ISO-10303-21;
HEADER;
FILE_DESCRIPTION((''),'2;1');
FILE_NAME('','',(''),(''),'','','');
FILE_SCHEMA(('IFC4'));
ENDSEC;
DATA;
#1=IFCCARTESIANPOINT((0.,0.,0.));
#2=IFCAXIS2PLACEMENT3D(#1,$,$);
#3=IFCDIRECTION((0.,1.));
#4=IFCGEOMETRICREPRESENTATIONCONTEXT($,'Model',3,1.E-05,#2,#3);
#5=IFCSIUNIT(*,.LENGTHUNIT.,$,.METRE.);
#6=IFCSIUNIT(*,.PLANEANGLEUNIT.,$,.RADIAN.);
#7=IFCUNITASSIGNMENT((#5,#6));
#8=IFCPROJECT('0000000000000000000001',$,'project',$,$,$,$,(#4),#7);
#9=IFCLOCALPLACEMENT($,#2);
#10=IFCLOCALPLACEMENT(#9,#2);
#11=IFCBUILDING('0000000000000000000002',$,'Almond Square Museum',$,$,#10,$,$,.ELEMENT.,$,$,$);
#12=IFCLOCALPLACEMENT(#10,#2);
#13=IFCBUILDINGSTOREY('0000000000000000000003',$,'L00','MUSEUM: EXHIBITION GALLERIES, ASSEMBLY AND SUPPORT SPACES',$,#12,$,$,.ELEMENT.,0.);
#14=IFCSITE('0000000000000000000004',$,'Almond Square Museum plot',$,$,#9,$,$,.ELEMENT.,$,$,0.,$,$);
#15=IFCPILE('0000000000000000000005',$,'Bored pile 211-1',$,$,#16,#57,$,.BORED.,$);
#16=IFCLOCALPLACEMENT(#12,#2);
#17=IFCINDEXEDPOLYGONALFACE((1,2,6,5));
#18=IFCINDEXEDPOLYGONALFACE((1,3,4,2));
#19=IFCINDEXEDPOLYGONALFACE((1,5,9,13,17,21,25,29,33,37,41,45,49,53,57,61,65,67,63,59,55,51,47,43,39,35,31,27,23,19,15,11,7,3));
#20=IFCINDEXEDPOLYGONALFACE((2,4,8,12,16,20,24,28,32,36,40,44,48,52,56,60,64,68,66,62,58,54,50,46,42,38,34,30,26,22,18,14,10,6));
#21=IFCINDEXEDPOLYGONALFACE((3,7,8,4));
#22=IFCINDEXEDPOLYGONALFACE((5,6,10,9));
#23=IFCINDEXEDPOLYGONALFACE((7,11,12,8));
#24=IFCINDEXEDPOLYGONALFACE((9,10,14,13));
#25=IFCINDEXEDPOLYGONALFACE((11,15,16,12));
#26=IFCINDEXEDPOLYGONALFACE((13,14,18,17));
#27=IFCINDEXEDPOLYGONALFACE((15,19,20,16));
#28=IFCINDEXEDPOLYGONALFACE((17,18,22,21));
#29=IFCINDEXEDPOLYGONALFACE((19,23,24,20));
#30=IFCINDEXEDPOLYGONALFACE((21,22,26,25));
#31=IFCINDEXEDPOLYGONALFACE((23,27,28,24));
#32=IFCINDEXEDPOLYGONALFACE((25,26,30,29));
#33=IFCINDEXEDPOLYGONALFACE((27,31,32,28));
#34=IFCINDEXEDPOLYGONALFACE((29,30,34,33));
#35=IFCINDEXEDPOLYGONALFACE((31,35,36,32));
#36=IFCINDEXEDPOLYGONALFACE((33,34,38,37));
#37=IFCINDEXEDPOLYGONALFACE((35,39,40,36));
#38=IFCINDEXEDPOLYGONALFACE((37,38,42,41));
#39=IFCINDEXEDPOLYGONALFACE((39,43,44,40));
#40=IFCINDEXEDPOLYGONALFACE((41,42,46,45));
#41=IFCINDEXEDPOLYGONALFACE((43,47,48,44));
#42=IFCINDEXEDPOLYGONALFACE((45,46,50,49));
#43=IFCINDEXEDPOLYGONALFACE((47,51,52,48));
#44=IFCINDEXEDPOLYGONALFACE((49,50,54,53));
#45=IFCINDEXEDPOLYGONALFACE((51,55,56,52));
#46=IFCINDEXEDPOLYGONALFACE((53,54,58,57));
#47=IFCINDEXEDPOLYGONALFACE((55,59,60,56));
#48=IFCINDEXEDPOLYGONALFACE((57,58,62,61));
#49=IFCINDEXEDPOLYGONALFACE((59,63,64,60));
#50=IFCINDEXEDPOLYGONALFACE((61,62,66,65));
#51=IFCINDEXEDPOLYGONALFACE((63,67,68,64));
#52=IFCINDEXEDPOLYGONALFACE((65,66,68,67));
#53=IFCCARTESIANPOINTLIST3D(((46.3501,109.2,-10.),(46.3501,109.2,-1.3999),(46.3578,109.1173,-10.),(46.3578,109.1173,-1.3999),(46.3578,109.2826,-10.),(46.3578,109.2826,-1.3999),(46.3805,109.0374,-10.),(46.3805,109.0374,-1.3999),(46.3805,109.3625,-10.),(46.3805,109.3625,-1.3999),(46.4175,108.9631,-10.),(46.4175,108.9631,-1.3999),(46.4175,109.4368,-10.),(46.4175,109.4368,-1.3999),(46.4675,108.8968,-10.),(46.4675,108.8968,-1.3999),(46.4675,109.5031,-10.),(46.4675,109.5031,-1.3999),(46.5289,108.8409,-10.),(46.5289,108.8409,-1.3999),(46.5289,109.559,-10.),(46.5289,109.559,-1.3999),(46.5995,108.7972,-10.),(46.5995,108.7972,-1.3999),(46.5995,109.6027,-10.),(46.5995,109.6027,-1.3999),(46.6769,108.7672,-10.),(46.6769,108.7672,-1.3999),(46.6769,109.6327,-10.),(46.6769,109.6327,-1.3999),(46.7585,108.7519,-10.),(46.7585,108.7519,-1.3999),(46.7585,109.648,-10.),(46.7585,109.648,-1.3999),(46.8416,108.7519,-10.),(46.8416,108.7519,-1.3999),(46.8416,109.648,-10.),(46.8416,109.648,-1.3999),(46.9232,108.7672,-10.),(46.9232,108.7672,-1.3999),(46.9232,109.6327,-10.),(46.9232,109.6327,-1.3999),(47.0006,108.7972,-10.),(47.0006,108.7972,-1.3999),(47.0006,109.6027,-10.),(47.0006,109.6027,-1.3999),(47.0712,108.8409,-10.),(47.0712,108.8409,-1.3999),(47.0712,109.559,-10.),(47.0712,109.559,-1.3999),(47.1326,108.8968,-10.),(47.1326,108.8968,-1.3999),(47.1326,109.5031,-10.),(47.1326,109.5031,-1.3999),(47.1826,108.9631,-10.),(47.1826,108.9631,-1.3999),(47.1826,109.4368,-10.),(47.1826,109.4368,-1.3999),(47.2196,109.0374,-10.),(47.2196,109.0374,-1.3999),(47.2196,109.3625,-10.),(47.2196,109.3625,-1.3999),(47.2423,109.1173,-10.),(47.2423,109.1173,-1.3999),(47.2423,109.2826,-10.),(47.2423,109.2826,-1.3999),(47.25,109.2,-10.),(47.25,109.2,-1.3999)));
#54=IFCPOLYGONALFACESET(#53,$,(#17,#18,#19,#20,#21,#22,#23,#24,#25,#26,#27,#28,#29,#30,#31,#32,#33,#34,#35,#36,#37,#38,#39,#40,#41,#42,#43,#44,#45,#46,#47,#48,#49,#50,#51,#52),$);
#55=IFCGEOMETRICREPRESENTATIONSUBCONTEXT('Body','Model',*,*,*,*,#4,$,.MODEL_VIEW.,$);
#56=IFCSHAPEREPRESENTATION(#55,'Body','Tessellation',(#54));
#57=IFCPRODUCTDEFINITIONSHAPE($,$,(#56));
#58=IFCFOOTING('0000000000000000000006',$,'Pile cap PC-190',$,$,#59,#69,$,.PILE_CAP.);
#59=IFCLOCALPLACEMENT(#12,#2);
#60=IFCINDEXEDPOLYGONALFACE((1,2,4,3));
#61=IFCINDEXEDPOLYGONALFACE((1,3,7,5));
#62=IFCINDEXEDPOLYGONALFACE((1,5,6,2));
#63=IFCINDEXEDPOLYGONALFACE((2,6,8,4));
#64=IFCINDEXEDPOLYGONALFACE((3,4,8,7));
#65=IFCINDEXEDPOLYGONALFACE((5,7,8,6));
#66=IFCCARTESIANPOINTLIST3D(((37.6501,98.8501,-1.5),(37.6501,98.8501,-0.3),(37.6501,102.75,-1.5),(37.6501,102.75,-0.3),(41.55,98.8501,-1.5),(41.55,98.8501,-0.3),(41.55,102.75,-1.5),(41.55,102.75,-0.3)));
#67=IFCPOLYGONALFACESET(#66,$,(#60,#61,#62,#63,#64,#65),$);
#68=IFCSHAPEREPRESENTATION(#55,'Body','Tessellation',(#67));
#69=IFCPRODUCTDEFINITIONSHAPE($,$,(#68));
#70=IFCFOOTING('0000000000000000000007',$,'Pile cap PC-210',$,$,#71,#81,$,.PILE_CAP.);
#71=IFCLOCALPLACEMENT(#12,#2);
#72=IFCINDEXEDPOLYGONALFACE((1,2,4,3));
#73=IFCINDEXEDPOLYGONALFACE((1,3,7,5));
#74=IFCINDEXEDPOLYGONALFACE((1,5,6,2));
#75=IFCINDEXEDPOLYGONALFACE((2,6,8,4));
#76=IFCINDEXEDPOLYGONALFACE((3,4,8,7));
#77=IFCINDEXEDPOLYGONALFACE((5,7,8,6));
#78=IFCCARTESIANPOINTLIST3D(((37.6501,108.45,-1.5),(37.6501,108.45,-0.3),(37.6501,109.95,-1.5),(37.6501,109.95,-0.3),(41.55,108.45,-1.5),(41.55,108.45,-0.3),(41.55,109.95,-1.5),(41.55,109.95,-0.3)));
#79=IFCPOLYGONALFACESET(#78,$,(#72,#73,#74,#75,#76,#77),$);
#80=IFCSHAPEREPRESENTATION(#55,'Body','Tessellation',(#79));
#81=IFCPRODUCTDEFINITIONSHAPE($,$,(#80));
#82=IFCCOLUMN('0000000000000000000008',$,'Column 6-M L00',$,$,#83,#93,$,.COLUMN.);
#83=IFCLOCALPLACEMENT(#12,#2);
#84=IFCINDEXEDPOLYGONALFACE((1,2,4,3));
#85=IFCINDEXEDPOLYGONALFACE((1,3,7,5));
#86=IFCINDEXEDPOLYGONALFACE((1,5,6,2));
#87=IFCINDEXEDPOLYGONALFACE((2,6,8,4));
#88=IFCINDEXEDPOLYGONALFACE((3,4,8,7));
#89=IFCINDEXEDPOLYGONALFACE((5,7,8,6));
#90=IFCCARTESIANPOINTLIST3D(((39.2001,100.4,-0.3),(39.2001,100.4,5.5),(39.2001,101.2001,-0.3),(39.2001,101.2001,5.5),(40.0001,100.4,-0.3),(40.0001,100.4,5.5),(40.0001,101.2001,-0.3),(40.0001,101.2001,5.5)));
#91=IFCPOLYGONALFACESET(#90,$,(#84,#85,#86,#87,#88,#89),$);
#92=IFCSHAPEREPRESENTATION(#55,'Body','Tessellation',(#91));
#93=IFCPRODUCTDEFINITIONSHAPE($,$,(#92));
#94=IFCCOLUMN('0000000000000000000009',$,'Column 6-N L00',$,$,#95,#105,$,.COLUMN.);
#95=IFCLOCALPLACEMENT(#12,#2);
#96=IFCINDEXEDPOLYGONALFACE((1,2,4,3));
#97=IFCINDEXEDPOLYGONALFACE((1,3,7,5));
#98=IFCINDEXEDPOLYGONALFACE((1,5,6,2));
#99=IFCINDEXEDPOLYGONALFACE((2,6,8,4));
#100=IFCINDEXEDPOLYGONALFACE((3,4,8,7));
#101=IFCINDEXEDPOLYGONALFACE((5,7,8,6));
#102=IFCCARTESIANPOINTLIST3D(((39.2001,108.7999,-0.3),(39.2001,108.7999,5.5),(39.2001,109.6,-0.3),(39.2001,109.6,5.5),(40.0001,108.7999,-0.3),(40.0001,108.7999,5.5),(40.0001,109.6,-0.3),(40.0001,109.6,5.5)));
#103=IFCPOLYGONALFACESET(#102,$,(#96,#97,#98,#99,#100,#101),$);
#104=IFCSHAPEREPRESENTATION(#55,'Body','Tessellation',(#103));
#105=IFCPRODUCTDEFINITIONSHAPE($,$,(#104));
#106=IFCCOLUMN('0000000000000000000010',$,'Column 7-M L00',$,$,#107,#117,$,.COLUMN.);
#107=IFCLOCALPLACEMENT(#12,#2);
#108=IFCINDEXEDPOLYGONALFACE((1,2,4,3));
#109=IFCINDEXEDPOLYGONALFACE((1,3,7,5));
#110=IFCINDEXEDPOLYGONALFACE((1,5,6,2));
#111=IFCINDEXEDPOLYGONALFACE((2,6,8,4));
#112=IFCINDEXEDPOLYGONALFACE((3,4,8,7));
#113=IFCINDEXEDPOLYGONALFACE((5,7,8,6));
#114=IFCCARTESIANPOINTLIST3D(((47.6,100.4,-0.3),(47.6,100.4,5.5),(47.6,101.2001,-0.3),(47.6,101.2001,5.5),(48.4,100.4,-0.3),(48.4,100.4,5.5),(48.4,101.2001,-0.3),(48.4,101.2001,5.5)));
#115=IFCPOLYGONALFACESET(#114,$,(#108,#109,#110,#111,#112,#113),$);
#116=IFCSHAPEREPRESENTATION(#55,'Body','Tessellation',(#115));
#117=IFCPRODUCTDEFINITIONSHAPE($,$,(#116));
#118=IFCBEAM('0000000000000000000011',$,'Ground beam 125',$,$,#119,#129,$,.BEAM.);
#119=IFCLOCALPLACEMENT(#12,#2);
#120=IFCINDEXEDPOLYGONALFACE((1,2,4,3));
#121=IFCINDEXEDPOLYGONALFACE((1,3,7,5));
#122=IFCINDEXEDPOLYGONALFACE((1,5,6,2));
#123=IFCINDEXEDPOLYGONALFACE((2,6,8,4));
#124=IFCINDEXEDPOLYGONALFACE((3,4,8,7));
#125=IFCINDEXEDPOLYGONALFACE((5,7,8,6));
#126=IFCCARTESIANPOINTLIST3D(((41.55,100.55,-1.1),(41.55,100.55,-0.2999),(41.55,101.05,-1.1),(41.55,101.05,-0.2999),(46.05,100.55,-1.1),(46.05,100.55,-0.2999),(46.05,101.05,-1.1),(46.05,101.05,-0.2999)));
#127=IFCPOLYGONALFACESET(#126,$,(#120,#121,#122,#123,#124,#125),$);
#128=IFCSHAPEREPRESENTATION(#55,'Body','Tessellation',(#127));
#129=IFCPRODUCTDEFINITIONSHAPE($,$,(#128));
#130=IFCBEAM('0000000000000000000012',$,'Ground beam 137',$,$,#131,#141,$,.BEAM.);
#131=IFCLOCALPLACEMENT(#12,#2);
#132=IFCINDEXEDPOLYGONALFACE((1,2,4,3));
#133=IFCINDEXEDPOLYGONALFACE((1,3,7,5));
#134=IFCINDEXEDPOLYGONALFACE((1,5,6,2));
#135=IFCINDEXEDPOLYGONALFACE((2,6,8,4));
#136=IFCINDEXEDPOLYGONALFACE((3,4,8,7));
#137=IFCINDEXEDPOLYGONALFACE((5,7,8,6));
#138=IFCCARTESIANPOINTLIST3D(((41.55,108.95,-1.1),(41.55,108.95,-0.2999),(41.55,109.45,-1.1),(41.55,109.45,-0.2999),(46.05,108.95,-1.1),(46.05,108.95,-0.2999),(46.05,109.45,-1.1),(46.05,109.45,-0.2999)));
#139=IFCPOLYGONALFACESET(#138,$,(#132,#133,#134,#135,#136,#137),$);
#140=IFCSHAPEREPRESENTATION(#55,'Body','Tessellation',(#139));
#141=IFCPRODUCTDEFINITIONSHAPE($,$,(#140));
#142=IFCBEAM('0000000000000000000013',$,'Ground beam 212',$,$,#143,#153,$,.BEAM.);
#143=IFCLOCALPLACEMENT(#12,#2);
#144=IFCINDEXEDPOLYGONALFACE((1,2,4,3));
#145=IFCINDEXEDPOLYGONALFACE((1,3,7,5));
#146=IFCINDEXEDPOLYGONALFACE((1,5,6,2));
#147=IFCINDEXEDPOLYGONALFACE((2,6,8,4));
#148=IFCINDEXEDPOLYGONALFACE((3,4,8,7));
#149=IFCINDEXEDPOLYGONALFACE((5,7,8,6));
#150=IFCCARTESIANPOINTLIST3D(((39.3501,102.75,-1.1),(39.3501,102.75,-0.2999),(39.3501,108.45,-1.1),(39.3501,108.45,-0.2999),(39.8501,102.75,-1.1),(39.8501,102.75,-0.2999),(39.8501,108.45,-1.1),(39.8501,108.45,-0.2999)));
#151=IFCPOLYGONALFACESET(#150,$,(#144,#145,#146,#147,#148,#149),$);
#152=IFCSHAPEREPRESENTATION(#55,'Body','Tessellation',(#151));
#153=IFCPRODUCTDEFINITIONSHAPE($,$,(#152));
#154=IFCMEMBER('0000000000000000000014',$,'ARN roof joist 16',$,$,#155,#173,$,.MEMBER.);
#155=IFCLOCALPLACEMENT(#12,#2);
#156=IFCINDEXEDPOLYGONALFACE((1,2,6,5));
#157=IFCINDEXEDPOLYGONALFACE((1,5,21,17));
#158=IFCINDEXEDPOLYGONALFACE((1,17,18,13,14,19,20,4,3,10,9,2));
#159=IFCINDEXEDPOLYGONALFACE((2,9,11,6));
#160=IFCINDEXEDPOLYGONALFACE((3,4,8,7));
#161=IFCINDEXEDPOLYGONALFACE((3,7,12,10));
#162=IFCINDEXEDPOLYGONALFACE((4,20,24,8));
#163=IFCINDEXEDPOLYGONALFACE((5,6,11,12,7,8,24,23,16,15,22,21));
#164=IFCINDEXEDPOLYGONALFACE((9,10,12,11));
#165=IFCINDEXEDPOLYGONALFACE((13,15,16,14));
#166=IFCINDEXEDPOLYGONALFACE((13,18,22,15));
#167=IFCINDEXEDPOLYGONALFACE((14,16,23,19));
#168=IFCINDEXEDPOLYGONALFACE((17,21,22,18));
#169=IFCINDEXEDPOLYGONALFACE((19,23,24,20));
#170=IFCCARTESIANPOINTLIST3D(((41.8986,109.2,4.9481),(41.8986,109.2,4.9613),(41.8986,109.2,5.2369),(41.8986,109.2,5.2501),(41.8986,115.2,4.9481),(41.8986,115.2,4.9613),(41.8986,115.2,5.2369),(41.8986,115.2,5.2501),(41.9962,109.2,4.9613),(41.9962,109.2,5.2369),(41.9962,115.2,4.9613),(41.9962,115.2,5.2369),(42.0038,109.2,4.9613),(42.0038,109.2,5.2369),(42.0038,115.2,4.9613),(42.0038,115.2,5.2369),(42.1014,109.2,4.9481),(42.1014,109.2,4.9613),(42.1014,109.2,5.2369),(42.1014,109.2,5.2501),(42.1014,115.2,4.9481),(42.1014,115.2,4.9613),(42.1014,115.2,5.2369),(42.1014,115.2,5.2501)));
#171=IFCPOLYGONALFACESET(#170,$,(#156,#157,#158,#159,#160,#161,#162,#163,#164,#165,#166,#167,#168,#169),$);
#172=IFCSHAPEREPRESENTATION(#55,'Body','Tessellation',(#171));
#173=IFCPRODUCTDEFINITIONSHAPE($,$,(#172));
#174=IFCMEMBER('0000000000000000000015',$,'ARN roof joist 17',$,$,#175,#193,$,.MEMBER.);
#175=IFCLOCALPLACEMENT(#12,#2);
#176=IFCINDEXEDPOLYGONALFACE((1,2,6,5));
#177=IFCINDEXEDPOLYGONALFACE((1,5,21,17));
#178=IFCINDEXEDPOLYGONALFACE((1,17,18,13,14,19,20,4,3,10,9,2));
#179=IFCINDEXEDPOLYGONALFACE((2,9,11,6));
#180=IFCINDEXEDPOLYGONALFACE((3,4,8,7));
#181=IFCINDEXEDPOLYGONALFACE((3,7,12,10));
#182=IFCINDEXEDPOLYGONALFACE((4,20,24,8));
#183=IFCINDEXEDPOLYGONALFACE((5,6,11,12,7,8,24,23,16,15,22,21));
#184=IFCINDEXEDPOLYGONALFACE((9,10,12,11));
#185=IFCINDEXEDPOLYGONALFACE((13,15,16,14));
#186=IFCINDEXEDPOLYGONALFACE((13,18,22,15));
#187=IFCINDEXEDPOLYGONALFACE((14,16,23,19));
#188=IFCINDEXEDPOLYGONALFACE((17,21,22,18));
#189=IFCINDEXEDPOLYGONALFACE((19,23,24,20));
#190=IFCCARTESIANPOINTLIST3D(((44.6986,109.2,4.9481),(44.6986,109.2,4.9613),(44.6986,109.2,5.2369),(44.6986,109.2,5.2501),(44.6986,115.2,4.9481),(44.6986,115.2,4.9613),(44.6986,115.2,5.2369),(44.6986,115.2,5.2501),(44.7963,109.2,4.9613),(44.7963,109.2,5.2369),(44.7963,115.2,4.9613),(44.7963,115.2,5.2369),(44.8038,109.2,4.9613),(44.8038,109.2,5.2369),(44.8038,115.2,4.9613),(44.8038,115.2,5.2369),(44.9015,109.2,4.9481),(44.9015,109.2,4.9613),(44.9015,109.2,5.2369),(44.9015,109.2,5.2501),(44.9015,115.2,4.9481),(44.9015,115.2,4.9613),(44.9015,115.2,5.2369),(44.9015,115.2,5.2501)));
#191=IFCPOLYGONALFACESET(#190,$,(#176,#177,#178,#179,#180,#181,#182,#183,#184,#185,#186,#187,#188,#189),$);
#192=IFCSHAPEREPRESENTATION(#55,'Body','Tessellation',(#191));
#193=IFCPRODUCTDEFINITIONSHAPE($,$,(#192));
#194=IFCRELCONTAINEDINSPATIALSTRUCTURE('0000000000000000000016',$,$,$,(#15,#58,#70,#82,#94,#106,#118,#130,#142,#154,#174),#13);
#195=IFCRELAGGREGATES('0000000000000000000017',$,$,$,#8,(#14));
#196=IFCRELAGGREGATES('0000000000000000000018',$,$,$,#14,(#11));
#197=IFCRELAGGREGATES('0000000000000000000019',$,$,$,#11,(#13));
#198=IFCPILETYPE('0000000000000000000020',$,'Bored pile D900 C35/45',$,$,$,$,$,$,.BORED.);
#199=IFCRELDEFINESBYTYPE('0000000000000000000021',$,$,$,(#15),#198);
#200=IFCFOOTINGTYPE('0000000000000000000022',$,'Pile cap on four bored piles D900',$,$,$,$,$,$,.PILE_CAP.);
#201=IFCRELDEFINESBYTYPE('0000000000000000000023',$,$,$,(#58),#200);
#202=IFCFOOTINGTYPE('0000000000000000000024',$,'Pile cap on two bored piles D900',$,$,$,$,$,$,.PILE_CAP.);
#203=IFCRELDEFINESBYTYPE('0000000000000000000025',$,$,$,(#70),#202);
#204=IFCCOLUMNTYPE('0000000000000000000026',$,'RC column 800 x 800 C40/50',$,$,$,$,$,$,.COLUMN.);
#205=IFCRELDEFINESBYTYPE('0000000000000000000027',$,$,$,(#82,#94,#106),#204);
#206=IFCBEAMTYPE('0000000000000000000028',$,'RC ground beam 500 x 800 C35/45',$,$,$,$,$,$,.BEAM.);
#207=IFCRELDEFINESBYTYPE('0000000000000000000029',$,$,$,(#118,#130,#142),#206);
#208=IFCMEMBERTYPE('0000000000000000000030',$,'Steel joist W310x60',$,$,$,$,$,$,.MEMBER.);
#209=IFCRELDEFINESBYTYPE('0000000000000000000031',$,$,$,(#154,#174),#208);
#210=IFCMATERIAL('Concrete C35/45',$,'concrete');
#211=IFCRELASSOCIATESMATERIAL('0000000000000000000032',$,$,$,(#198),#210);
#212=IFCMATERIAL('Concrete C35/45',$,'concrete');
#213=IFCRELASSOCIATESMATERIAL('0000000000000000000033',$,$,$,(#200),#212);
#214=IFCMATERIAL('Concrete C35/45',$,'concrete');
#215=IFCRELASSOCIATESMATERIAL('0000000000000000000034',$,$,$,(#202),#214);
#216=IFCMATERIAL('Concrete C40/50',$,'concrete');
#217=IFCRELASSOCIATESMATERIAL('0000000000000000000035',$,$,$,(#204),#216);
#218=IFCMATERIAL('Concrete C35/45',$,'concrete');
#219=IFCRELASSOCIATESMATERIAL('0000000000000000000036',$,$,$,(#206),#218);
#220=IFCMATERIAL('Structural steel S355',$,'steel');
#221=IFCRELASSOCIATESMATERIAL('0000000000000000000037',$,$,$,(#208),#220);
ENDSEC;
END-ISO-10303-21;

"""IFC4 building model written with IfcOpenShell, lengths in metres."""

from ifc_helpers import new_model, si_unit, direction, frame, origin, origin_2d, place, context, subcontext, project, spatial, rectangle, circle, i_section, extrude, material, material_profile, profile_set, type_object, element, save


model = new_model("IFC4")

# Units and contexts
model_context = context("Model", 3, precision=1e-05, world=origin(), true_north=direction((0.0, 1.0)))
body_context = subcontext(model_context, "Body", "Model", "MODEL_VIEW")
ifc_project = project(units=[si_unit("LENGTHUNIT", "METRE"), si_unit("PLANEANGLEUNIT", "RADIAN")], contexts=[model_context])

# Site, building, storey
site_placement = place(None, origin())
site = spatial("IfcSite", under=ifc_project, at=site_placement, Name="Almond Square Museum plot", CompositionType="ELEMENT", RefElevation=0.0)
building_placement = place(site_placement, origin())
building = spatial("IfcBuilding", under=site, at=building_placement, Name="Almond Square Museum", CompositionType="ELEMENT")
storey_placement = place(building_placement, origin())
storey = spatial("IfcBuildingStorey", under=building, at=storey_placement, Name="L00", Description="MUSEUM: EXHIBITION GALLERIES, ASSEMBLY AND SUPPORT SPACES", CompositionType="ELEMENT", Elevation=0.0)

# Pile
ifc_material_1 = material(Name="Concrete C35/45", Category="concrete")
ifc_material_profile_1 = material_profile(ifc_material_1, circle(Radius=0.45, at=origin_2d()))
ifc_profile_set_1 = profile_set([ifc_material_profile_1], Name="Concrete C35/45")
pile_type = type_object("IfcPileType", Name="Bored pile D900 C35/45", PredefinedType="BORED", material=ifc_profile_set_1)
for number, where, z_axis, x_axis, name in (
    (1, (46.8, 109.2, -1.3999), (0.0, 0.0, -1.0), (1.0, 0.0, 0.0), "Bored pile 211-1"),
):
    element("IfcPile", number, at=place(storey_placement, frame(where, z_axis=z_axis, x_axis=x_axis)), inside=storey, type_object=pile_type, Name=name, PredefinedType="BORED", context=body_context, shape_type="SweptSolid", body=[
        extrude(circle(Radius=0.45, at=origin_2d()), origin(), (0.0, 0.0, 1.0), 8.6001),
    ])

# Footings
ifc_material_2 = material(Name="Concrete C35/45", Category="concrete")
footing_type_1 = type_object("IfcFootingType", Name="Pile cap on four bored piles D900", PredefinedType="PILE_CAP", material=ifc_material_2)
footing_1_placement = place(storey_placement, frame((39.6001, 100.8, -1.5), z_axis=(0.0, 0.0, 1.0), x_axis=(1.0, 0.0, 0.0)))
element("IfcFooting", 2, at=footing_1_placement, inside=storey, type_object=footing_type_1, Name="Pile cap PC-190", PredefinedType="PILE_CAP", context=body_context, shape_type="SweptSolid", body=[
    extrude(rectangle(XDim=3.8999, YDim=3.8999, at=origin_2d()), origin(), (0.0, 0.0, 1.0), 1.2),
])
ifc_material_3 = material(Name="Concrete C35/45", Category="concrete")
footing_type_2 = type_object("IfcFootingType", Name="Pile cap on two bored piles D900", PredefinedType="PILE_CAP", material=ifc_material_3)
footing_2_placement = place(storey_placement, frame((39.6001, 109.2, -1.5), z_axis=(0.0, 0.0, 1.0), x_axis=(1.0, 0.0, 0.0)))
element("IfcFooting", 3, at=footing_2_placement, inside=storey, type_object=footing_type_2, Name="Pile cap PC-210", PredefinedType="PILE_CAP", context=body_context, shape_type="SweptSolid", body=[
    extrude(rectangle(XDim=3.8999, YDim=1.5, at=origin_2d()), origin(), (0.0, 0.0, 1.0), 1.2),
])

# Columns
ifc_material_4 = material(Name="Concrete C40/50", Category="concrete")
ifc_material_profile_2 = material_profile(ifc_material_4, rectangle(XDim=0.8, YDim=0.8, at=origin_2d()))
ifc_profile_set_2 = profile_set([ifc_material_profile_2], Name="Concrete C40/50")
column_type = type_object("IfcColumnType", Name="RC column 800 x 800 C40/50", PredefinedType="COLUMN", material=ifc_profile_set_2)
for number, where, z_axis, x_axis, name in (
    (4, (39.6001, 100.8, -0.3), (0.0, 0.0, 1.0), (1.0, 0.0, 0.0), "Column 6-M L00"),
    (5, (39.6001, 109.2, -0.3), (0.0, 0.0, 1.0), (1.0, 0.0, 0.0), "Column 6-N L00"),
    (6, (48.0, 100.8, -0.3), (0.0, 0.0, 1.0), (1.0, 0.0, 0.0), "Column 7-M L00"),
):
    element("IfcColumn", number, at=place(storey_placement, frame(where, z_axis=z_axis, x_axis=x_axis)), inside=storey, type_object=column_type, Name=name, PredefinedType="COLUMN", context=body_context, shape_type="SweptSolid", body=[
        extrude(rectangle(XDim=0.8, YDim=0.8, at=origin_2d()), origin(), (0.0, 0.0, 1.0), 5.8),
    ])

# Beams
ifc_material_5 = material(Name="Concrete C35/45", Category="concrete")
ifc_material_profile_3 = material_profile(ifc_material_5, rectangle(XDim=0.5, YDim=0.8, at=origin_2d()))
ifc_profile_set_3 = profile_set([ifc_material_profile_3], Name="Concrete C35/45")
beam_type = type_object("IfcBeamType", Name="RC ground beam 500 x 800 C35/45", PredefinedType="BEAM", material=ifc_profile_set_3)
for number, where, z_axis, x_axis, name in (
    (7, (41.55, 100.8, -0.7), (1.0, 0.0, 0.0), (0.0, 1.0, 0.0), "Ground beam 125"),
    (8, (41.55, 109.2, -0.7), (1.0, 0.0, 0.0), (0.0, 1.0, 0.0), "Ground beam 137"),
):
    element("IfcBeam", number, at=place(storey_placement, frame(where, z_axis=z_axis, x_axis=x_axis)), inside=storey, type_object=beam_type, Name=name, PredefinedType="BEAM", context=body_context, shape_type="SweptSolid", body=[
        extrude(rectangle(XDim=0.5, YDim=0.8, at=origin_2d()), origin(), (0.0, 0.0, 1.0), 4.5),
    ])
beam_placement = place(storey_placement, frame((39.6001, 102.75, -0.7), z_axis=(0.0, 1.0, 0.0), x_axis=(-1.0, 0.0, 0.0)))
element("IfcBeam", 9, at=beam_placement, inside=storey, type_object=beam_type, Name="Ground beam 212", PredefinedType="BEAM", context=body_context, shape_type="SweptSolid", body=[
    extrude(rectangle(XDim=0.5, YDim=0.8, at=origin_2d()), origin(), (0.0, 0.0, 1.0), 5.7),
])

# Members
ifc_material_6 = material(Name="Structural steel S355", Category="steel")
ifc_material_profile_4 = material_profile(ifc_material_6, i_section(OverallWidth=0.2029, OverallDepth=0.302, WebThickness=0.0076, FlangeThickness=0.0132, at=origin_2d()))
ifc_profile_set_4 = profile_set([ifc_material_profile_4], Name="Structural steel S355")
member_type = type_object("IfcMemberType", Name="Steel joist W310x60", PredefinedType="MEMBER", material=ifc_profile_set_4)
for number, where, z_axis, x_axis, name in (
    (10, (42.0, 109.2, 5.0991), (0.0, 1.0, 0.0), (-1.0, 0.0, 0.0), "ARN roof joist 16"),
    (11, (44.8, 109.2, 5.0991), (0.0, 1.0, 0.0), (-1.0, 0.0, 0.0), "ARN roof joist 17"),
):
    element("IfcMember", number, at=place(storey_placement, frame(where, z_axis=z_axis, x_axis=x_axis)), inside=storey, type_object=member_type, Name=name, PredefinedType="MEMBER", context=body_context, shape_type="SweptSolid", body=[
        extrude(i_section(OverallWidth=0.2029, OverallDepth=0.302, WebThickness=0.0076, FlangeThickness=0.0132, at=origin_2d()), origin(), (0.0, 0.0, 1.0), 6.0),
    ])

save(model, "model.ifc")
